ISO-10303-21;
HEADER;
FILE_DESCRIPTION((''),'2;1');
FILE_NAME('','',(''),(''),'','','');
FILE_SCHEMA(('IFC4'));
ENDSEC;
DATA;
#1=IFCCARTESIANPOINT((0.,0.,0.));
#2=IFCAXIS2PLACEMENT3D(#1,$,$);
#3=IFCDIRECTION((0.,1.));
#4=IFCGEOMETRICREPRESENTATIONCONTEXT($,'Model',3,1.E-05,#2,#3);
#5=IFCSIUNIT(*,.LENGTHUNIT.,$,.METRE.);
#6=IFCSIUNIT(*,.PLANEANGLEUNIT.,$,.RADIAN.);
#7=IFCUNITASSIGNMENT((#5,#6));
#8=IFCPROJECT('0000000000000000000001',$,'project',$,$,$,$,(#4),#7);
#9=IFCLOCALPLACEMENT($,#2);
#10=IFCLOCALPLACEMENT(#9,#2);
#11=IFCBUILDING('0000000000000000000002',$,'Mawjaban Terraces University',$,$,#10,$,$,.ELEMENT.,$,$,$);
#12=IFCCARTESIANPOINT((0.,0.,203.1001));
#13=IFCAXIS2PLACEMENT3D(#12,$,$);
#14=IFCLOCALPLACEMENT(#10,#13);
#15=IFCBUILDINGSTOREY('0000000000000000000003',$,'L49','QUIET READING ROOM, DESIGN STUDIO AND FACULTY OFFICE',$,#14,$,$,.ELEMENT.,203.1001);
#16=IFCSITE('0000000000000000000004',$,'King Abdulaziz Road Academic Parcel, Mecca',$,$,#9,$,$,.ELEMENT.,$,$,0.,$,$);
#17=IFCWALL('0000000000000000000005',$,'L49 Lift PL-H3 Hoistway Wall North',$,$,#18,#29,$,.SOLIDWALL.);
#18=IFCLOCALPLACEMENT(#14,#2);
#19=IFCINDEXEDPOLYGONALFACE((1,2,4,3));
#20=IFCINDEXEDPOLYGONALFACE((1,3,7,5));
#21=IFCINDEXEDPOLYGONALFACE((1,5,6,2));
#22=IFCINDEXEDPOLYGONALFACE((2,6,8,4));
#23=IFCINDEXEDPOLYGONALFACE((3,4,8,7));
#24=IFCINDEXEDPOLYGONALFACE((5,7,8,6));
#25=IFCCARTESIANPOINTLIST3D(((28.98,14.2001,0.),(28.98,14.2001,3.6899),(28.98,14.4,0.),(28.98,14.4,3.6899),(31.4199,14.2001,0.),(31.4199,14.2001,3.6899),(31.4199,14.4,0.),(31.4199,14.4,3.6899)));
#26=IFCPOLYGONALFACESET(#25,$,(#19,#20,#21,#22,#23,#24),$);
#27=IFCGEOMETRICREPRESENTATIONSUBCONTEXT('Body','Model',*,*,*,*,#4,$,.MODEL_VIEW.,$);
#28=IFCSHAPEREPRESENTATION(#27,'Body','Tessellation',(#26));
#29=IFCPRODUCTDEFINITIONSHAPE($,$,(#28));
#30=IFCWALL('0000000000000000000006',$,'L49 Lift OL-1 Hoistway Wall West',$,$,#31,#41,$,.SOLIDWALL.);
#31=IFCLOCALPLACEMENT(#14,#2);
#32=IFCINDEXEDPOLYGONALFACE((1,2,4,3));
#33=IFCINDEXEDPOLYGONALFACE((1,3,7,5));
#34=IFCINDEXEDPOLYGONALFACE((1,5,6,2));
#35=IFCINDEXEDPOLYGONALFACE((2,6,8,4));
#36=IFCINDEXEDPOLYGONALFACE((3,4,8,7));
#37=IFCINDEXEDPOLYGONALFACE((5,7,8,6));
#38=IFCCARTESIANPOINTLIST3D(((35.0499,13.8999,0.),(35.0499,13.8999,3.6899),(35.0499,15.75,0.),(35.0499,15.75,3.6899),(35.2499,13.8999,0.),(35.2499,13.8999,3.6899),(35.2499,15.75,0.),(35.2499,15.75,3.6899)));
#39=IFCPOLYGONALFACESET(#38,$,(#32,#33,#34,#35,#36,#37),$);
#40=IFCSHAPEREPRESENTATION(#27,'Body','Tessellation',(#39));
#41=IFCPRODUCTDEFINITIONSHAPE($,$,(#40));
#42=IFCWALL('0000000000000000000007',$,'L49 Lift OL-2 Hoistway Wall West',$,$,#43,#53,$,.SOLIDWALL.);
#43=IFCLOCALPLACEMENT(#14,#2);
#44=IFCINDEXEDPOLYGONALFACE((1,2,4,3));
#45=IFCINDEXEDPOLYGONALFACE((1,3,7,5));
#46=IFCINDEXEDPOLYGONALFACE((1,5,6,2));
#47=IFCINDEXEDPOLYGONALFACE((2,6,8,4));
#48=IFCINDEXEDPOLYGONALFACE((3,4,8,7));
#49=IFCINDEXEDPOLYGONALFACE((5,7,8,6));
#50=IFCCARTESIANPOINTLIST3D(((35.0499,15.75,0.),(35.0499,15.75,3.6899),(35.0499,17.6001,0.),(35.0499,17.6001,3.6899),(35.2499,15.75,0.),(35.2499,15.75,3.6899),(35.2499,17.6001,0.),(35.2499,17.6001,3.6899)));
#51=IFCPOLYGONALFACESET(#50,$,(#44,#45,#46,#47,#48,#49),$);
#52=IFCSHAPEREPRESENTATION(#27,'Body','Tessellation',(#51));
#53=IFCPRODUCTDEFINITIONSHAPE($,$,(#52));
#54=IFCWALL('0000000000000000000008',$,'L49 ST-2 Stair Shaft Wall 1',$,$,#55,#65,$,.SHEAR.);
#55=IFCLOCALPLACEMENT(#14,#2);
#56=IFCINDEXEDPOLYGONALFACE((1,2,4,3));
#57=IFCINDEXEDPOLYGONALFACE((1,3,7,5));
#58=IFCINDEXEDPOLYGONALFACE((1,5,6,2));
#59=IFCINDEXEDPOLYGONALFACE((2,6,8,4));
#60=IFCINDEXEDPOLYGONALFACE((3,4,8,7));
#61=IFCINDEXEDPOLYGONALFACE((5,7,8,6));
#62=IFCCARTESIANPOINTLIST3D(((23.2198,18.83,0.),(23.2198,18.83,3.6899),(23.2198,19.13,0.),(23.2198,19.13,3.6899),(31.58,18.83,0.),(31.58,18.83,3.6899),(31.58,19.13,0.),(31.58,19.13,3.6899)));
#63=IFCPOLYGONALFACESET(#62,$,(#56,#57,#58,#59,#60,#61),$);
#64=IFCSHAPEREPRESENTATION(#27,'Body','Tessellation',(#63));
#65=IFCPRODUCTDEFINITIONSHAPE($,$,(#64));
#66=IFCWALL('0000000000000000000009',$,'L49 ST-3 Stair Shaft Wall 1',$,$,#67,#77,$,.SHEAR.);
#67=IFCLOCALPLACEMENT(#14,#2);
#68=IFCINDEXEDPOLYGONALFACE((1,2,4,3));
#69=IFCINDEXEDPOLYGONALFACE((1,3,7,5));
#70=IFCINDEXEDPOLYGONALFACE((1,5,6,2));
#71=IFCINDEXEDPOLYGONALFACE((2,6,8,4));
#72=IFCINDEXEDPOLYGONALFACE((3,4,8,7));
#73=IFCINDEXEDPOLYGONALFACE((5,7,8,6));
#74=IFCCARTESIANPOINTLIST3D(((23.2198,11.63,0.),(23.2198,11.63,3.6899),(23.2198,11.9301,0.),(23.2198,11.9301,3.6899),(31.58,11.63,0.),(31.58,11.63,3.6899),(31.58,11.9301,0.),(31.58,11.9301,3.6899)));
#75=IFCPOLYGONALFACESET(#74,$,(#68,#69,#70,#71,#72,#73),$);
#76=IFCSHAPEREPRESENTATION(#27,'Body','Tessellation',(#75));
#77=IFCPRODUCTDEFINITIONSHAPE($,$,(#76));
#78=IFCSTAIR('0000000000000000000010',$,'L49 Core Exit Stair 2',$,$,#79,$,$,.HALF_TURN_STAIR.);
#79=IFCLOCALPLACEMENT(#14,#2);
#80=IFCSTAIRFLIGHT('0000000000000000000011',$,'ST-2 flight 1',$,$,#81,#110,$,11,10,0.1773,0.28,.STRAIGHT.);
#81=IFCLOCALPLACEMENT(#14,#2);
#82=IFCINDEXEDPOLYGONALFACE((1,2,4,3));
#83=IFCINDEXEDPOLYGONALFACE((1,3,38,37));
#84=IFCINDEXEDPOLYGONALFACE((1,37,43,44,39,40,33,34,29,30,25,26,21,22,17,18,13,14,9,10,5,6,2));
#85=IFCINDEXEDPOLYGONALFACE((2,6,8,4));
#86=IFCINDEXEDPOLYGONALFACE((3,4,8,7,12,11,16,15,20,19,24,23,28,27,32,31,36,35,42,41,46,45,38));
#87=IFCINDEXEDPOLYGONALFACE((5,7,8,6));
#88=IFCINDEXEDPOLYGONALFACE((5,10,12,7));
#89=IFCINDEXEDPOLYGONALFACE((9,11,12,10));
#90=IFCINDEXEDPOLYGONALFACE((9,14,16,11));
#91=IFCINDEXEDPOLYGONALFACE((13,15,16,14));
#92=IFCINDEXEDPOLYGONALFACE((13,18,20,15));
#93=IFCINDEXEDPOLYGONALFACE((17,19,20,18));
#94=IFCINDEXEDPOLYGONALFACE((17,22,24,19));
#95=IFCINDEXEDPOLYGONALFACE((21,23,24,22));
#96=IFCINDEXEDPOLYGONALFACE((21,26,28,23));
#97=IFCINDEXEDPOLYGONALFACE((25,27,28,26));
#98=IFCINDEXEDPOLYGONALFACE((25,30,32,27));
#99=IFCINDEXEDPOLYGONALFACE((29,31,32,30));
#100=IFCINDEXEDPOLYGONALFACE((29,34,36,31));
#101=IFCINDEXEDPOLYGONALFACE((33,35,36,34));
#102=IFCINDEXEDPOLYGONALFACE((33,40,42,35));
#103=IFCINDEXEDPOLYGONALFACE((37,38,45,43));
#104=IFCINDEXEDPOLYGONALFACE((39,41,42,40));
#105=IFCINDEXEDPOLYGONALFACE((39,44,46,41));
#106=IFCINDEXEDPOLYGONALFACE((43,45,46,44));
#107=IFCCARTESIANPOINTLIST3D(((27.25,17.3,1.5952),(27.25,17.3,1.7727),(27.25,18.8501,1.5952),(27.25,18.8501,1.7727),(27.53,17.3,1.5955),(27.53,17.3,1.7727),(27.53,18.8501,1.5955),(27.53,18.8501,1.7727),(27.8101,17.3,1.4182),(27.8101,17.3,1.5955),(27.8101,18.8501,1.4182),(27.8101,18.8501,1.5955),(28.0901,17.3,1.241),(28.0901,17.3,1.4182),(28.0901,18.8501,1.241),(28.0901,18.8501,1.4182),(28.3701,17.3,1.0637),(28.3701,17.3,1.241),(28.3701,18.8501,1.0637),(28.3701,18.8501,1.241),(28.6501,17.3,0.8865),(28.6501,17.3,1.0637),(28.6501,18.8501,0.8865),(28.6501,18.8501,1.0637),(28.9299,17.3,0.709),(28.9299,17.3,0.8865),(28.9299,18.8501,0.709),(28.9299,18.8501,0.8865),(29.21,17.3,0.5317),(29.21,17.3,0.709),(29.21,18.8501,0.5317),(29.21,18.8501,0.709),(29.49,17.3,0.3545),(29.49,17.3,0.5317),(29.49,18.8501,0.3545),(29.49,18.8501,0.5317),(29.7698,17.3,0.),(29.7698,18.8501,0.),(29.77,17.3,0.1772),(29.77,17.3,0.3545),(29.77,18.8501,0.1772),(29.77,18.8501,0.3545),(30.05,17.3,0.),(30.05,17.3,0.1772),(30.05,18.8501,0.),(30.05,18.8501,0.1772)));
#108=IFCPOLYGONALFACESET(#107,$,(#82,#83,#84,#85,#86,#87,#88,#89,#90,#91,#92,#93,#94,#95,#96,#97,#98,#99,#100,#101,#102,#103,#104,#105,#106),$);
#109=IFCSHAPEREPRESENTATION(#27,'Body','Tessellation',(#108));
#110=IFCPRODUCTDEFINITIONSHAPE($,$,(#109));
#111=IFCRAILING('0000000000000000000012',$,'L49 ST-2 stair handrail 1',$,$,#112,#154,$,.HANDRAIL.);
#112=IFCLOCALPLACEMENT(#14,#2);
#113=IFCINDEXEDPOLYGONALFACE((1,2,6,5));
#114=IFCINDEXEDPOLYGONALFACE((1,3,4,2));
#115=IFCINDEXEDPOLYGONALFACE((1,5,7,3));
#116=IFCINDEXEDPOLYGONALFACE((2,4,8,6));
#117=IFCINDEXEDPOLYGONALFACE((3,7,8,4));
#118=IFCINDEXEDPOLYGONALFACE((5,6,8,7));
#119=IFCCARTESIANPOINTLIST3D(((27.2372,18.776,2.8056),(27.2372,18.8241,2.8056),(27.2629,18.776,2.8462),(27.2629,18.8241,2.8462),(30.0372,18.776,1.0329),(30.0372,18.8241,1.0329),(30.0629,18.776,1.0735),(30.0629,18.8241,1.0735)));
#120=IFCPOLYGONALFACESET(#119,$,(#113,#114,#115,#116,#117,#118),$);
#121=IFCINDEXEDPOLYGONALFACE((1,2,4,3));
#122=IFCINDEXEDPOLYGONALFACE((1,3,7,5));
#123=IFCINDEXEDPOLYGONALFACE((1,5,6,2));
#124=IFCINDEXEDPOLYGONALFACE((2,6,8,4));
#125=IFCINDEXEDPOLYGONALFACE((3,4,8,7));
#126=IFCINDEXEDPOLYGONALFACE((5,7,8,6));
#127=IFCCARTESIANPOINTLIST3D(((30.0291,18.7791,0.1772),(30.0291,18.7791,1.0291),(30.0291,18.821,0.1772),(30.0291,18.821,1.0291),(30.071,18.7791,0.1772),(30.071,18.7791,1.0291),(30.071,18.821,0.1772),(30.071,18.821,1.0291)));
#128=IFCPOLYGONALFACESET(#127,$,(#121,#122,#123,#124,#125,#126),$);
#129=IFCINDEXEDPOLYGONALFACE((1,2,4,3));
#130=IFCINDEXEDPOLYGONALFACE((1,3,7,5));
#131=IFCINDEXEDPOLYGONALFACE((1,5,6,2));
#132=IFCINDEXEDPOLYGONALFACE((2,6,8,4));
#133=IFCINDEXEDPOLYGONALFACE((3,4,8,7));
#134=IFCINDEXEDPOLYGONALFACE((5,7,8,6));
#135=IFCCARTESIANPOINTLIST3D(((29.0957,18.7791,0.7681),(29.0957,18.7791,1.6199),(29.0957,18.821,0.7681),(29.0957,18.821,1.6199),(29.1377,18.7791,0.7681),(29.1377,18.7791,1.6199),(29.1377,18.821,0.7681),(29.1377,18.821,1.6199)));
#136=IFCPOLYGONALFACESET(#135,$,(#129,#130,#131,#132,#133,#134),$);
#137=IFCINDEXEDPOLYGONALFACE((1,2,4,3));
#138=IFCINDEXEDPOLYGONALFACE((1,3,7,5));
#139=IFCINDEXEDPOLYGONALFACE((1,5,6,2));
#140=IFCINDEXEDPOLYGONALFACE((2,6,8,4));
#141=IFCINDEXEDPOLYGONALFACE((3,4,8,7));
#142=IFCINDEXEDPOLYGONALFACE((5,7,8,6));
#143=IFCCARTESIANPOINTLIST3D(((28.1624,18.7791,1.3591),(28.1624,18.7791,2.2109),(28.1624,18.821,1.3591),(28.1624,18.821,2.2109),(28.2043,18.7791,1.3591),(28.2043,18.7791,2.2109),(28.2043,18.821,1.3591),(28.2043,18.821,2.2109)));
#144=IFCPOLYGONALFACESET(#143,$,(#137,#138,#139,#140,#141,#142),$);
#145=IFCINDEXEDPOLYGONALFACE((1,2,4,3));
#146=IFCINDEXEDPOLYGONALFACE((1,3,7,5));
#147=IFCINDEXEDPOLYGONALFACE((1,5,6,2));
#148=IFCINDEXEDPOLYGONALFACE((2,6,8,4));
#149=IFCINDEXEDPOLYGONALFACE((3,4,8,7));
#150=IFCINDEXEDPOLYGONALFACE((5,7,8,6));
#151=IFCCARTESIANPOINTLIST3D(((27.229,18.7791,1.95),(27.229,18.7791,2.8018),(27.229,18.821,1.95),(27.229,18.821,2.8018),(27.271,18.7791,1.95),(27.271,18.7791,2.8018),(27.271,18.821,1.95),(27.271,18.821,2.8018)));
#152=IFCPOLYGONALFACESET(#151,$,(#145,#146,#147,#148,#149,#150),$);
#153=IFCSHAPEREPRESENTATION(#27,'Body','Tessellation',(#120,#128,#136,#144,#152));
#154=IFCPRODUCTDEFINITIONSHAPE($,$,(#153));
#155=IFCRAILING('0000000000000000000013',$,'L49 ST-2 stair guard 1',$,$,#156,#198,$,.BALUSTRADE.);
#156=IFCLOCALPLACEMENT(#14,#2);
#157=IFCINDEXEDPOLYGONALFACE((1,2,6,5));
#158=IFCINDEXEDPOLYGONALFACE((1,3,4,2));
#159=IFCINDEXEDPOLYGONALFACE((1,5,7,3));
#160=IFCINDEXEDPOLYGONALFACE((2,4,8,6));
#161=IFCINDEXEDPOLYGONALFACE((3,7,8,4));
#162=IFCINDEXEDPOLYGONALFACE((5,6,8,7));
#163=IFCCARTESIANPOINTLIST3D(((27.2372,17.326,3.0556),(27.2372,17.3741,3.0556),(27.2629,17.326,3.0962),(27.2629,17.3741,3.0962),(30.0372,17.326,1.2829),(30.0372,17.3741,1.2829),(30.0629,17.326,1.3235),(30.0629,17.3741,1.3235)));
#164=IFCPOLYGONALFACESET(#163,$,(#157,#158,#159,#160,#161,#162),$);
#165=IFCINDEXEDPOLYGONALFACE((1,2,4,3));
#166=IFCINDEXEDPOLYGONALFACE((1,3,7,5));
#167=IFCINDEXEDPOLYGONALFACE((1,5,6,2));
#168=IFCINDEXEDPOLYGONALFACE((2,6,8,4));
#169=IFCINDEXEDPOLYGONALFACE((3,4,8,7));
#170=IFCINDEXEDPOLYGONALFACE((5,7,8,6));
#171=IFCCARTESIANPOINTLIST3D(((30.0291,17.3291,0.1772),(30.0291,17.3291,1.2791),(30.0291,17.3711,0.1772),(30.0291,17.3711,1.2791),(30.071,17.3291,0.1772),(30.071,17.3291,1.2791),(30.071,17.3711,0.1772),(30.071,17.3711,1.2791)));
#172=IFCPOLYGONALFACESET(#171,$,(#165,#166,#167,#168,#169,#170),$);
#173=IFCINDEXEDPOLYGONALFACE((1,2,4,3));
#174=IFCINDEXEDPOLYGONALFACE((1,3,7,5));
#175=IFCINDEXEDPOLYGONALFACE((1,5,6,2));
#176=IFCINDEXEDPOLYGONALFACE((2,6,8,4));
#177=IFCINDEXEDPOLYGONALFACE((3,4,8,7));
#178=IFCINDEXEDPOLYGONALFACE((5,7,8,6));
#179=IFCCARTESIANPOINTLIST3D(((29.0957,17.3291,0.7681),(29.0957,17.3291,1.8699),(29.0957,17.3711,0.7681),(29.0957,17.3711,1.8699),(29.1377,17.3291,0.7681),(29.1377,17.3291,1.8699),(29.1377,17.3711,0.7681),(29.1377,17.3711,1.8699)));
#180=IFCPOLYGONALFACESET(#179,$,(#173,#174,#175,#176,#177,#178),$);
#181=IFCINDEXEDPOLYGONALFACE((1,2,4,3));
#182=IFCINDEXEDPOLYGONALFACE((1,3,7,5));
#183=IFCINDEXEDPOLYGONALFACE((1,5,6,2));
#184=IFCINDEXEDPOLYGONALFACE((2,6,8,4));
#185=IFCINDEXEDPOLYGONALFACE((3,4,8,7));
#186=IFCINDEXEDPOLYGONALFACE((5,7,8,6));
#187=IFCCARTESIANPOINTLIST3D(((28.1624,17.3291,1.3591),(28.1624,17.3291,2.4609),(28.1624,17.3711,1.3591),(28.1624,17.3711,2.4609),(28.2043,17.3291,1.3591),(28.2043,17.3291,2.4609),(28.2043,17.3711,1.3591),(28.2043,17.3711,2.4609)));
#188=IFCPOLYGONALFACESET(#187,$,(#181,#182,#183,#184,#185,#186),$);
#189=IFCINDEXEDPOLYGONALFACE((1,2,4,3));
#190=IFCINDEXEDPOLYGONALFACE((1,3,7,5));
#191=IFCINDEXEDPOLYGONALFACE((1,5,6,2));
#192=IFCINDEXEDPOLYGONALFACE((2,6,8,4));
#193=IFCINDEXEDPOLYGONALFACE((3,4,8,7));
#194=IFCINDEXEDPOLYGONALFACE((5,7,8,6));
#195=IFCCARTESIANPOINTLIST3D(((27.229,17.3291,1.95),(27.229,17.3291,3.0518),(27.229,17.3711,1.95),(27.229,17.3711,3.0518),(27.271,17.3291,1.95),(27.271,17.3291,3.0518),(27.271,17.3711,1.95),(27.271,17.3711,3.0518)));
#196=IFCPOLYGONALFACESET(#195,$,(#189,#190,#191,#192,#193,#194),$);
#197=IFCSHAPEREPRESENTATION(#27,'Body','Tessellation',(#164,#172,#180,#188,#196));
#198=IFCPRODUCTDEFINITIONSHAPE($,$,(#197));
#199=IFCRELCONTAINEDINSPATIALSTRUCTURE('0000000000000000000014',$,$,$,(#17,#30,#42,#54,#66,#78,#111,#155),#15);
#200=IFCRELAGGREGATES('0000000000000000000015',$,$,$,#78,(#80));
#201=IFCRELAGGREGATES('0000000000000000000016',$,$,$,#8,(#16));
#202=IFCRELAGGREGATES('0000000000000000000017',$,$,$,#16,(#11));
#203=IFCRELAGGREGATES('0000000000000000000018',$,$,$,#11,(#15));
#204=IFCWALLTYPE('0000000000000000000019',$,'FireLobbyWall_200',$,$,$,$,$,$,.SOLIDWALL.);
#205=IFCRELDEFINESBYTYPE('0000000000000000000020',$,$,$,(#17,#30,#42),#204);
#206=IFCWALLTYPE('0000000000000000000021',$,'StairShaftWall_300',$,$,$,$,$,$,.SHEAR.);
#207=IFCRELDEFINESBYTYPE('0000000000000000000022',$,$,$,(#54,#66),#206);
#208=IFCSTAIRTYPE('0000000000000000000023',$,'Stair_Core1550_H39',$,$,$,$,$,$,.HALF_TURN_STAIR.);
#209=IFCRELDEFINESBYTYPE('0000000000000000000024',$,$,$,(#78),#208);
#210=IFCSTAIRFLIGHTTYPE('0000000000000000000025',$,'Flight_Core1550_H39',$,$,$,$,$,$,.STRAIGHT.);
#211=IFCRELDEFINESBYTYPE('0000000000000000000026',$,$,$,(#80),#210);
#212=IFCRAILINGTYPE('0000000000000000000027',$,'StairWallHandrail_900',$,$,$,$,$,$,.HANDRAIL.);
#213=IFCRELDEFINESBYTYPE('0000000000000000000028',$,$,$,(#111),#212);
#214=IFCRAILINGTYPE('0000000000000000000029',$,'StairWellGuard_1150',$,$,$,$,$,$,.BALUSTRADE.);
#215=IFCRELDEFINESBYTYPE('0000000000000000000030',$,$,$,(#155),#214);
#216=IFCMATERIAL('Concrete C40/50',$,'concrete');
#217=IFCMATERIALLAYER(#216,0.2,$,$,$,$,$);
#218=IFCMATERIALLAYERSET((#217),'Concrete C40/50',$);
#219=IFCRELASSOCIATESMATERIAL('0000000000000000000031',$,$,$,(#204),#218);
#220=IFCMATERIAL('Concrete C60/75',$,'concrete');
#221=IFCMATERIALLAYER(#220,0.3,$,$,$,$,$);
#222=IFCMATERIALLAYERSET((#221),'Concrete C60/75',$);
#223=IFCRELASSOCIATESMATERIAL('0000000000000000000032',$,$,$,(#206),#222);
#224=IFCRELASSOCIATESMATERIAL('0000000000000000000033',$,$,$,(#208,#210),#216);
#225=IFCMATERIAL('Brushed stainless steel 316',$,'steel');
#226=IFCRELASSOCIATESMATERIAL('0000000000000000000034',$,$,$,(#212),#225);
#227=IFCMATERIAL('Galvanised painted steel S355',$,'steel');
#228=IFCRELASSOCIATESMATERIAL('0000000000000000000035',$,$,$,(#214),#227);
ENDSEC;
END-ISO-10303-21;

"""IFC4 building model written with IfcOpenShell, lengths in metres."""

from ifc_helpers import new_model, si_unit, direction, frame, frame_2d, origin, origin_2d, place, context, subcontext, project, spatial, polyline, rectangle, outline, extrude, material, layer, layer_set, type_object, element, aggregate, save


model = new_model("IFC4")

# Units and contexts
model_context = context("Model", 3, precision=1e-05, world=origin(), true_north=direction((0.0, 1.0)))
body_context = subcontext(model_context, "Body", "Model", "MODEL_VIEW")
ifc_project = project(units=[si_unit("LENGTHUNIT", "METRE"), si_unit("PLANEANGLEUNIT", "RADIAN")], contexts=[model_context])

# Site, building, storey
site_placement = place(None, origin())
site = spatial("IfcSite", under=ifc_project, at=site_placement, Name="King Abdulaziz Road Academic Parcel, Mecca", CompositionType="ELEMENT", RefElevation=0.0)
building_placement = place(site_placement, origin())
building = spatial("IfcBuilding", under=site, at=building_placement, Name="Mawjaban Terraces University", CompositionType="ELEMENT")
storey_placement = place(building_placement, frame((0.0, 0.0, 203.1001)))
storey = spatial("IfcBuildingStorey", under=building, at=storey_placement, Name="L49", Description="QUIET READING ROOM, DESIGN STUDIO AND FACULTY OFFICE", CompositionType="ELEMENT", Elevation=203.1001)

# Shared definitions
ifc_material_1 = material(Name="Concrete C40/50", Category="concrete")
ifc_layer_1 = layer(ifc_material_1, 0.2)
ifc_layer_set_1 = layer_set([ifc_layer_1], Name="Concrete C40/50")
wall_type_1 = type_object("IfcWallType", Name="FireLobbyWall_200", PredefinedType="SOLIDWALL", material=ifc_layer_set_1)

# Walls
wall_1_placement = place(storey_placement, frame((31.4199, 14.3, 0.0), z_axis=(0.0, 0.0, 1.0), x_axis=(-1.0, 0.0, 0.0)))
element("IfcWall", 1, at=wall_1_placement, inside=storey, type_object=wall_type_1, Name="L49 Lift PL-H3 Hoistway Wall North", PredefinedType="SOLIDWALL", context=body_context, shape_type="SweptSolid", body=[
    extrude(rectangle(XDim=2.4399, YDim=0.2, at=frame_2d((1.22, 0.0))), origin(), (0.0, 0.0, 1.0), 3.6899),
])
for number, where, z_axis, x_axis, name in (
    (2, (35.1499, 15.75, 0.0), (0.0, 0.0, 1.0), (0.0, -1.0, 0.0), "L49 Lift OL-1 Hoistway Wall West"),
    (3, (35.1499, 17.6001, 0.0), (0.0, 0.0, 1.0), (0.0, -1.0, 0.0), "L49 Lift OL-2 Hoistway Wall West"),
):
    element("IfcWall", number, at=place(storey_placement, frame(where, z_axis=z_axis, x_axis=x_axis)), inside=storey, type_object=wall_type_1, Name=name, PredefinedType="SOLIDWALL", context=body_context, shape_type="SweptSolid", body=[
        extrude(rectangle(XDim=1.8501, YDim=0.2, at=frame_2d((0.925, 0.0))), origin(), (0.0, 0.0, 1.0), 3.6899),
    ])
ifc_material_2 = material(Name="Concrete C60/75", Category="concrete")
ifc_layer_2 = layer(ifc_material_2, 0.3)
ifc_layer_set_2 = layer_set([ifc_layer_2], Name="Concrete C60/75")
wall_type_2 = type_object("IfcWallType", Name="StairShaftWall_300", PredefinedType="SHEAR", material=ifc_layer_set_2)
wall_2_placement = place(storey_placement, frame((31.5801, 18.98, 0.0), z_axis=(0.0, 0.0, 1.0), x_axis=(-1.0, 0.0, 0.0)))
element("IfcWall", 4, at=wall_2_placement, inside=storey, type_object=wall_type_2, Name="L49 ST-2 Stair Shaft Wall 1", PredefinedType="SHEAR", context=body_context, shape_type="SweptSolid", body=[
    extrude(rectangle(XDim=8.3601, YDim=0.3, at=frame_2d((4.1802, 0.0))), origin(), (0.0, 0.0, 1.0), 3.6899),
])

# Wall
wall_3_placement = place(storey_placement, frame((31.5801, 11.78, 0.0), z_axis=(0.0, 0.0, 1.0), x_axis=(-1.0, 0.0, 0.0)))
element("IfcWall", 5, at=wall_3_placement, inside=storey, type_object=wall_type_2, Name="L49 ST-3 Stair Shaft Wall 1", PredefinedType="SHEAR", context=body_context, shape_type="SweptSolid", body=[
    extrude(rectangle(XDim=8.3601, YDim=0.3, at=frame_2d((4.1802, 0.0))), origin(), (0.0, 0.0, 1.0), 3.6899),
])

# Stair, stair flight
stair_type = type_object("IfcStairType", Name="Stair_Core1550_H39", PredefinedType="HALF_TURN_STAIR", material=ifc_material_1)
stair_placement = place(storey_placement, origin())
stair = element("IfcStair", 6, at=stair_placement, inside=storey, type_object=stair_type, Name="L49 Core Exit Stair 2", PredefinedType="HALF_TURN_STAIR")
stair_flight_type = type_object("IfcStairFlightType", Name="Flight_Core1550_H39", PredefinedType="STRAIGHT", material=ifc_material_1)
stair_flight_placement = place(storey_placement, frame((30.05, 18.075, 0.0), z_axis=(0.0, 0.0, 1.0), x_axis=(-1.0, 0.0, 0.0)))
stair_flight = element("IfcStairFlight", 7, at=stair_flight_placement, type_object=stair_flight_type, Name="ST-2 flight 1", NumberOfRisers=11, NumberOfTreads=10, PredefinedType="STRAIGHT", RiserHeight=0.1773, TreadLength=0.28, context=body_context, shape_type="SweptSolid", body=[
    extrude(outline(polyline([(0.0, 0.0), (0.0, 0.1772), (0.28, 0.1772), (0.28, 0.3545), (0.5601, 0.3545), (0.5601, 0.5317), (0.8401, 0.5317), (0.8401, 0.709), (1.1201, 0.709), (1.1201, 0.8865), (1.3999, 0.8865), (1.3999, 1.0637), (1.6799, 1.0637), (1.6799, 1.241), (1.96, 1.241), (1.96, 1.4182), (2.24, 1.4182), (2.24, 1.5955), (2.52, 1.5955), (2.52, 1.7727), (2.8, 1.7727), (2.8, 1.95), (2.8, 1.5952), (0.2803, 0.0), (0.0, 0.0)])), frame((0.0, 0.7749, 0.0), z_axis=(0.0, -1.0, 0.0), x_axis=(1.0, 0.0, 0.0)), (0.0, 0.0, 1.0), 1.55),
])
aggregate(stair, [stair_flight])

# Railings
ifc_material_3 = material(Name="Brushed stainless steel 316", Category="steel")
railing_type_1 = type_object("IfcRailingType", Name="StairWallHandrail_900", PredefinedType="HANDRAIL", material=ifc_material_3)
railing_1_placement = place(storey_placement, frame((30.05, 18.8, 0.1772)))
element("IfcRailing", 8, at=railing_1_placement, inside=storey, type_object=railing_type_1, Name="L49 ST-2 stair handrail 1", PredefinedType="HANDRAIL", context=body_context, shape_type="SweptSolid", body=[
    extrude(rectangle(XDim=0.0481, YDim=0.0481, at=origin_2d()), frame((0.0, 0.0, 0.876), z_axis=(-0.844909, 0.0, 0.53491), x_axis=(0.0, -1.0, 0.0)), (0.0, 0.0, 1.0), 3.314),
    extrude(rectangle(XDim=0.042, YDim=0.042, at=origin_2d()), origin(), (0.0, 0.0, 1.0), 0.8518),
    extrude(rectangle(XDim=0.042, YDim=0.042, at=origin_2d()), frame((-0.9333, 0.0, 0.5908)), (0.0, 0.0, 1.0), 0.8518),
    extrude(rectangle(XDim=0.042, YDim=0.042, at=origin_2d()), frame((-1.8667, 0.0, 1.1819)), (0.0, 0.0, 1.0), 0.8518),
    extrude(rectangle(XDim=0.042, YDim=0.042, at=origin_2d()), frame((-2.8, 0.0, 1.7727)), (0.0, 0.0, 1.0), 0.8518),
])
ifc_material_4 = material(Name="Galvanised painted steel S355", Category="steel")
railing_type_2 = type_object("IfcRailingType", Name="StairWellGuard_1150", PredefinedType="BALUSTRADE", material=ifc_material_4)
railing_2_placement = place(storey_placement, frame((30.05, 17.3501, 0.1772)))
element("IfcRailing", 9, at=railing_2_placement, inside=storey, type_object=railing_type_2, Name="L49 ST-2 stair guard 1", PredefinedType="BALUSTRADE", context=body_context, shape_type="SweptSolid", body=[
    extrude(rectangle(XDim=0.0481, YDim=0.0481, at=origin_2d()), frame((0.0, 0.0, 1.126), z_axis=(-0.844909, 0.0, 0.53491), x_axis=(0.0, -1.0, 0.0)), (0.0, 0.0, 1.0), 3.314),
    extrude(rectangle(XDim=0.042, YDim=0.042, at=origin_2d()), origin(), (0.0, 0.0, 1.0), 1.1018),
    extrude(rectangle(XDim=0.042, YDim=0.042, at=origin_2d()), frame((-0.9333, 0.0, 0.5908)), (0.0, 0.0, 1.0), 1.1018),
    extrude(rectangle(XDim=0.042, YDim=0.042, at=origin_2d()), frame((-1.8667, 0.0, 1.1819)), (0.0, 0.0, 1.0), 1.1018),
    extrude(rectangle(XDim=0.042, YDim=0.042, at=origin_2d()), frame((-2.8, 0.0, 1.7727)), (0.0, 0.0, 1.0), 1.1018),
])

save(model, "model.ifc")
